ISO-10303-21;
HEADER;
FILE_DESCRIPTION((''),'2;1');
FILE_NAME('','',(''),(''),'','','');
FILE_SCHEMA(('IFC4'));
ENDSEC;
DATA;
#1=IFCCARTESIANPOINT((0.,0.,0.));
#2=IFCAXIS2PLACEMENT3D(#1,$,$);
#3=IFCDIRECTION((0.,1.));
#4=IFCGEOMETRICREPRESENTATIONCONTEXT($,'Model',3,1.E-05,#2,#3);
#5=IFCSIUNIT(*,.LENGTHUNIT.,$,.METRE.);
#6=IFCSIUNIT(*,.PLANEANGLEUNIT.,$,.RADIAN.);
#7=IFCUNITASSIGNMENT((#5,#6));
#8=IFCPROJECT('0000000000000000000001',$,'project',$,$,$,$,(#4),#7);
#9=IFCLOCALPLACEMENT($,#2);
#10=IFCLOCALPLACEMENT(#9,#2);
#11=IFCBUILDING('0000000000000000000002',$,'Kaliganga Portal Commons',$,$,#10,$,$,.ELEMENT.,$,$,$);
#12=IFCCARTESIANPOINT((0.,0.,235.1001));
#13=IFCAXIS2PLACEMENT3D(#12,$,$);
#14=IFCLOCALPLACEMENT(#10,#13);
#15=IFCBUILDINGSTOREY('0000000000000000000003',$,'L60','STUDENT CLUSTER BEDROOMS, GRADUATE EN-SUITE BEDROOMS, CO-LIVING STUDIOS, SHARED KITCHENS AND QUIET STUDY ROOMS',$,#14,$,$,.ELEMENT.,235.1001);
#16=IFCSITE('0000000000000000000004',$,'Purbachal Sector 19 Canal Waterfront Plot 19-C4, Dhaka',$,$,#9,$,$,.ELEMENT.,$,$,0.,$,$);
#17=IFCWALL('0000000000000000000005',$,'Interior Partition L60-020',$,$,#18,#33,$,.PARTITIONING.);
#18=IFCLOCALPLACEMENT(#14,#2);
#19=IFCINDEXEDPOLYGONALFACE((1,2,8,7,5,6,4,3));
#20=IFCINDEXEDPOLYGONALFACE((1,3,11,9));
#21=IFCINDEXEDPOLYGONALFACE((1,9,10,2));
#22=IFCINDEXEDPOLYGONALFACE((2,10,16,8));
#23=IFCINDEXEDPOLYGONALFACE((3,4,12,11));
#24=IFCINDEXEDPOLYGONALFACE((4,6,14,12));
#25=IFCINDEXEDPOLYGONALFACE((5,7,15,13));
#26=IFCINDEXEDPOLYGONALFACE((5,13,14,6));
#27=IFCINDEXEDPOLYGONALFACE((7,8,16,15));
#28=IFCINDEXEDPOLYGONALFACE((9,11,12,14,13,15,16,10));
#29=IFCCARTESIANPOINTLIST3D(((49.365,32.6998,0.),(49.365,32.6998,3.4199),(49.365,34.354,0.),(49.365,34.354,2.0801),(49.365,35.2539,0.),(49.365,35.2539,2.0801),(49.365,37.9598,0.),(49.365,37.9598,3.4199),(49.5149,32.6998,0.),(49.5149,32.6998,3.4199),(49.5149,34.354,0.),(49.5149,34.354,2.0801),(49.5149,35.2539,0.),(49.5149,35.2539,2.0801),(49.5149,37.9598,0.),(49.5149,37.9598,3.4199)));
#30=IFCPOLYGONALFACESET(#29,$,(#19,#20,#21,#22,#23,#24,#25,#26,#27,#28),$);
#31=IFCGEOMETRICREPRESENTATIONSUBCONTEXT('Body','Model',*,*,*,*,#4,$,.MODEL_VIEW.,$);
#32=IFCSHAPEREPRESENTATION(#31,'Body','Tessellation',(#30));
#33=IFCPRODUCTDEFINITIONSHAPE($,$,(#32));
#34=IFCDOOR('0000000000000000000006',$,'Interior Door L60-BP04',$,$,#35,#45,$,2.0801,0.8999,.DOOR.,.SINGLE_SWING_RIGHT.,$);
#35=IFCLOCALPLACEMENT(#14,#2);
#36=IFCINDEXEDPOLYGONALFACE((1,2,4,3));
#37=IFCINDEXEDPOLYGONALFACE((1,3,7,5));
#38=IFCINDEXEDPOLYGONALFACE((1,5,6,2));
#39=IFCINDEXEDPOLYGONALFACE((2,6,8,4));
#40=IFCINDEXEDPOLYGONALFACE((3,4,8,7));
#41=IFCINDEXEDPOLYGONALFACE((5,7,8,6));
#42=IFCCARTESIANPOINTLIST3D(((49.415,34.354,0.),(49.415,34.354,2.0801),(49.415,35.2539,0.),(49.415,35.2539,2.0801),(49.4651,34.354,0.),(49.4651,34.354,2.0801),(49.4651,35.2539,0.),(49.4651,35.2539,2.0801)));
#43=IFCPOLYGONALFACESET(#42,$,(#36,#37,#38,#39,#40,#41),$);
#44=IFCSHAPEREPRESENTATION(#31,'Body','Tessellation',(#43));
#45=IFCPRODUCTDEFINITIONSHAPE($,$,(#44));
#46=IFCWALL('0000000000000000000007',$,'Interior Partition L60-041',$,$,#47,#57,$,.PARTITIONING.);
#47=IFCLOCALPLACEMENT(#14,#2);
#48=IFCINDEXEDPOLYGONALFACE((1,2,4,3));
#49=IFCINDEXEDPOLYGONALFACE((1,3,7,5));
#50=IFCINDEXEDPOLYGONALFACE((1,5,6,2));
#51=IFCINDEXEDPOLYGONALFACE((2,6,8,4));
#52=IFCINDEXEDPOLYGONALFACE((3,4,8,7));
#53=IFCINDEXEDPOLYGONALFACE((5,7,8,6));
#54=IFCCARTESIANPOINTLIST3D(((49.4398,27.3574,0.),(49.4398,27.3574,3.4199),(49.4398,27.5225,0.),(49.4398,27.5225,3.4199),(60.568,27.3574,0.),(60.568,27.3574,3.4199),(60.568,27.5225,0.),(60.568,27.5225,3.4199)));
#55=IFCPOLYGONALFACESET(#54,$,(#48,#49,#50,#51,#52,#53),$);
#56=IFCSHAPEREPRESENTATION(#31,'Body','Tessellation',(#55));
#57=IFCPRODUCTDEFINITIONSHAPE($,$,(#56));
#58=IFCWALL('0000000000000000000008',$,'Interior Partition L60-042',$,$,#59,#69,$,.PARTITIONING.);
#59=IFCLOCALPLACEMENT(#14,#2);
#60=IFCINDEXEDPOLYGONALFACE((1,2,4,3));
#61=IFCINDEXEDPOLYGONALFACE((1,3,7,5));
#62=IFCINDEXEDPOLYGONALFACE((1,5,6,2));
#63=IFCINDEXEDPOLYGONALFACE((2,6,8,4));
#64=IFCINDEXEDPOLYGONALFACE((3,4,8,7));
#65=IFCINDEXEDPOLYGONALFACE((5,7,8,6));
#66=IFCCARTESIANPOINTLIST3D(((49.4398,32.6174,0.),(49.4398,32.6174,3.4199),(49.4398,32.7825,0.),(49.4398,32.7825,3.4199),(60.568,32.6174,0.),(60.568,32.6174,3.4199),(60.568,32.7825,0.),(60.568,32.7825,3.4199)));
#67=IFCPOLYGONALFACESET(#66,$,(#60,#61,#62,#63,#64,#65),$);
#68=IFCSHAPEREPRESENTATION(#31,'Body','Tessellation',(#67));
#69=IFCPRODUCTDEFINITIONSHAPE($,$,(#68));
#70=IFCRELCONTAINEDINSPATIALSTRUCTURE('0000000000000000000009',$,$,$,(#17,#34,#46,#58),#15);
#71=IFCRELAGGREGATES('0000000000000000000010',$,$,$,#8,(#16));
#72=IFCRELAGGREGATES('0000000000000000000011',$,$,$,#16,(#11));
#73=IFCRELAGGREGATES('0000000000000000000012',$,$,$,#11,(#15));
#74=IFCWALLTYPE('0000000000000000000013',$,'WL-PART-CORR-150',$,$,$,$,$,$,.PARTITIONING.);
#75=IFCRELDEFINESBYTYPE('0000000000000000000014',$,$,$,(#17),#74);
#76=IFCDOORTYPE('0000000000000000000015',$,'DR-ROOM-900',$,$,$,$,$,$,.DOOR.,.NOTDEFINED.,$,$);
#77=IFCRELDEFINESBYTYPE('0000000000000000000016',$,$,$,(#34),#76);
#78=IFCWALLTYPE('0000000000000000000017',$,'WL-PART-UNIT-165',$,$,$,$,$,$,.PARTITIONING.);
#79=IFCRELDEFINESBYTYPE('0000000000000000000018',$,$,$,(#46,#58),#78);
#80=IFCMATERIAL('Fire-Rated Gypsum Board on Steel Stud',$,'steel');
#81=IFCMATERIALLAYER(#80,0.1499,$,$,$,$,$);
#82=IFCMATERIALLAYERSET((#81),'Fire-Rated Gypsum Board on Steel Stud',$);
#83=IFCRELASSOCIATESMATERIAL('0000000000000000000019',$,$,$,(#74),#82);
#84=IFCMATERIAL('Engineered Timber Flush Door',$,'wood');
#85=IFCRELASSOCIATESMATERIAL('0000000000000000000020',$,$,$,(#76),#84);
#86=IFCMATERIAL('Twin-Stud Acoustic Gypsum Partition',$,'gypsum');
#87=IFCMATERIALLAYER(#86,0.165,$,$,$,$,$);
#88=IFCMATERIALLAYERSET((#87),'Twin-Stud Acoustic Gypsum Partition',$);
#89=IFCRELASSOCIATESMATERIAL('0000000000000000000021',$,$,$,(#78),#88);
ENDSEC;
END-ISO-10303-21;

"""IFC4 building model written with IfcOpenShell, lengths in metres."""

from ifc_helpers import new_model, si_unit, direction, frame, frame_2d, origin, place, context, subcontext, project, spatial, rectangle, extrude, material, layer, layer_set, type_object, element, fill, save


model = new_model("IFC4")

# Units and contexts
model_context = context("Model", 3, precision=1e-05, world=origin(), true_north=direction((0.0, 1.0)))
body_context = subcontext(model_context, "Body", "Model", "MODEL_VIEW")
ifc_project = project(units=[si_unit("LENGTHUNIT", "METRE"), si_unit("PLANEANGLEUNIT", "RADIAN")], contexts=[model_context])

# Site, building, storey
site_placement = place(None, origin())
site = spatial("IfcSite", under=ifc_project, at=site_placement, Name="Purbachal Sector 19 Canal Waterfront Plot 19-C4, Dhaka", CompositionType="ELEMENT", RefElevation=0.0)
building_placement = place(site_placement, origin())
building = spatial("IfcBuilding", under=site, at=building_placement, Name="Kaliganga Portal Commons", CompositionType="ELEMENT")
storey_placement = place(building_placement, frame((0.0, 0.0, 235.1001)))
storey = spatial("IfcBuildingStorey", under=building, at=storey_placement, Name="L60", Description="STUDENT CLUSTER BEDROOMS, GRADUATE EN-SUITE BEDROOMS, CO-LIVING STUDIOS, SHARED KITCHENS AND QUIET STUDY ROOMS", CompositionType="ELEMENT", Elevation=235.1001)

# Wall, opening, door
ifc_material_1 = material(Name="Fire-Rated Gypsum Board on Steel Stud", Category="steel")
ifc_layer_1 = layer(ifc_material_1, 0.1499)
ifc_layer_set_1 = layer_set([ifc_layer_1], Name="Fire-Rated Gypsum Board on Steel Stud")
wall_type_1 = type_object("IfcWallType", Name="WL-PART-CORR-150", PredefinedType="PARTITIONING", material=ifc_layer_set_1)
wall_1_placement = place(storey_placement, frame((49.4399, 32.7, 0.0), z_axis=(0.0, 0.0, 1.0), x_axis=(0.0, 1.0, 0.0)))
wall_1 = element("IfcWall", 1, at=wall_1_placement, inside=storey, type_object=wall_type_1, Name="Interior Partition L60-020", PredefinedType="PARTITIONING", context=body_context, shape_type="SweptSolid", body=[
    extrude(rectangle(XDim=5.26, YDim=0.1499, at=frame_2d((2.6299, 0.0))), origin(), (0.0, 0.0, 1.0), 3.4199),
])
opening_1_placement = place(wall_1_placement, frame((1.6541, 0.0, 0.0)))
opening_1 = element("IfcOpeningElement", 2, at=opening_1_placement, cuts=wall_1, PredefinedType="OPENING", context=body_context, shape_type="SweptSolid", body=[
    extrude(rectangle(XDim=0.8999, YDim=2.0801, at=frame_2d((0.45, 1.04))), frame((0.0, 0.085, 0.0), z_axis=(0.0, -1.0, 0.0), x_axis=(1.0, 0.0, 0.0)), (0.0, 0.0, 1.0), 0.1699),
])
ifc_material_2 = material(Name="Engineered Timber Flush Door", Category="wood")
door_type_1 = type_object("IfcDoorType", Name="DR-ROOM-900", OperationType="NOTDEFINED", PredefinedType="DOOR", material=ifc_material_2)
door_1_placement = place(opening_1_placement, origin())
door_1 = element("IfcDoor", 3, at=door_1_placement, inside=storey, type_object=door_type_1, Name="Interior Door L60-BP04", OperationType="SINGLE_SWING_RIGHT", OverallHeight=2.0801, OverallWidth=0.8999, PredefinedType="DOOR", context=body_context, shape_type="SweptSolid", body=[
    extrude(rectangle(XDim=0.8999, YDim=2.0801, at=frame_2d((0.45, 1.04))), frame((0.0, 0.0249, 0.0), z_axis=(0.0, -1.0, 0.0), x_axis=(1.0, 0.0, 0.0)), (0.0, 0.0, 1.0), 0.05),
])
fill(opening_1, door_1)

# Walls
ifc_material_3 = material(Name="Twin-Stud Acoustic Gypsum Partition", Category="gypsum")
ifc_layer_2 = layer(ifc_material_3, 0.165)
ifc_layer_set_2 = layer_set([ifc_layer_2], Name="Twin-Stud Acoustic Gypsum Partition")
wall_type_2 = type_object("IfcWallType", Name="WL-PART-UNIT-165", PredefinedType="PARTITIONING", material=ifc_layer_set_2)
for number, where, z_axis, x_axis, name in (
    (4, (49.4399, 27.4399, 0.0), (0.0, 0.0, 1.0), (1.0, 0.0, 0.0), "Interior Partition L60-041"),
    (5, (49.4399, 32.7, 0.0), (0.0, 0.0, 1.0), (1.0, 0.0, 0.0), "Interior Partition L60-042"),
):
    element("IfcWall", number, at=place(storey_placement, frame(where, z_axis=z_axis, x_axis=x_axis)), inside=storey, type_object=wall_type_2, Name=name, PredefinedType="PARTITIONING", context=body_context, shape_type="SweptSolid", body=[
        extrude(rectangle(XDim=11.1282, YDim=0.165, at=frame_2d((5.564, 0.0))), origin(), (0.0, 0.0, 1.0), 3.4199),
    ])

save(model, "model.ifc")
